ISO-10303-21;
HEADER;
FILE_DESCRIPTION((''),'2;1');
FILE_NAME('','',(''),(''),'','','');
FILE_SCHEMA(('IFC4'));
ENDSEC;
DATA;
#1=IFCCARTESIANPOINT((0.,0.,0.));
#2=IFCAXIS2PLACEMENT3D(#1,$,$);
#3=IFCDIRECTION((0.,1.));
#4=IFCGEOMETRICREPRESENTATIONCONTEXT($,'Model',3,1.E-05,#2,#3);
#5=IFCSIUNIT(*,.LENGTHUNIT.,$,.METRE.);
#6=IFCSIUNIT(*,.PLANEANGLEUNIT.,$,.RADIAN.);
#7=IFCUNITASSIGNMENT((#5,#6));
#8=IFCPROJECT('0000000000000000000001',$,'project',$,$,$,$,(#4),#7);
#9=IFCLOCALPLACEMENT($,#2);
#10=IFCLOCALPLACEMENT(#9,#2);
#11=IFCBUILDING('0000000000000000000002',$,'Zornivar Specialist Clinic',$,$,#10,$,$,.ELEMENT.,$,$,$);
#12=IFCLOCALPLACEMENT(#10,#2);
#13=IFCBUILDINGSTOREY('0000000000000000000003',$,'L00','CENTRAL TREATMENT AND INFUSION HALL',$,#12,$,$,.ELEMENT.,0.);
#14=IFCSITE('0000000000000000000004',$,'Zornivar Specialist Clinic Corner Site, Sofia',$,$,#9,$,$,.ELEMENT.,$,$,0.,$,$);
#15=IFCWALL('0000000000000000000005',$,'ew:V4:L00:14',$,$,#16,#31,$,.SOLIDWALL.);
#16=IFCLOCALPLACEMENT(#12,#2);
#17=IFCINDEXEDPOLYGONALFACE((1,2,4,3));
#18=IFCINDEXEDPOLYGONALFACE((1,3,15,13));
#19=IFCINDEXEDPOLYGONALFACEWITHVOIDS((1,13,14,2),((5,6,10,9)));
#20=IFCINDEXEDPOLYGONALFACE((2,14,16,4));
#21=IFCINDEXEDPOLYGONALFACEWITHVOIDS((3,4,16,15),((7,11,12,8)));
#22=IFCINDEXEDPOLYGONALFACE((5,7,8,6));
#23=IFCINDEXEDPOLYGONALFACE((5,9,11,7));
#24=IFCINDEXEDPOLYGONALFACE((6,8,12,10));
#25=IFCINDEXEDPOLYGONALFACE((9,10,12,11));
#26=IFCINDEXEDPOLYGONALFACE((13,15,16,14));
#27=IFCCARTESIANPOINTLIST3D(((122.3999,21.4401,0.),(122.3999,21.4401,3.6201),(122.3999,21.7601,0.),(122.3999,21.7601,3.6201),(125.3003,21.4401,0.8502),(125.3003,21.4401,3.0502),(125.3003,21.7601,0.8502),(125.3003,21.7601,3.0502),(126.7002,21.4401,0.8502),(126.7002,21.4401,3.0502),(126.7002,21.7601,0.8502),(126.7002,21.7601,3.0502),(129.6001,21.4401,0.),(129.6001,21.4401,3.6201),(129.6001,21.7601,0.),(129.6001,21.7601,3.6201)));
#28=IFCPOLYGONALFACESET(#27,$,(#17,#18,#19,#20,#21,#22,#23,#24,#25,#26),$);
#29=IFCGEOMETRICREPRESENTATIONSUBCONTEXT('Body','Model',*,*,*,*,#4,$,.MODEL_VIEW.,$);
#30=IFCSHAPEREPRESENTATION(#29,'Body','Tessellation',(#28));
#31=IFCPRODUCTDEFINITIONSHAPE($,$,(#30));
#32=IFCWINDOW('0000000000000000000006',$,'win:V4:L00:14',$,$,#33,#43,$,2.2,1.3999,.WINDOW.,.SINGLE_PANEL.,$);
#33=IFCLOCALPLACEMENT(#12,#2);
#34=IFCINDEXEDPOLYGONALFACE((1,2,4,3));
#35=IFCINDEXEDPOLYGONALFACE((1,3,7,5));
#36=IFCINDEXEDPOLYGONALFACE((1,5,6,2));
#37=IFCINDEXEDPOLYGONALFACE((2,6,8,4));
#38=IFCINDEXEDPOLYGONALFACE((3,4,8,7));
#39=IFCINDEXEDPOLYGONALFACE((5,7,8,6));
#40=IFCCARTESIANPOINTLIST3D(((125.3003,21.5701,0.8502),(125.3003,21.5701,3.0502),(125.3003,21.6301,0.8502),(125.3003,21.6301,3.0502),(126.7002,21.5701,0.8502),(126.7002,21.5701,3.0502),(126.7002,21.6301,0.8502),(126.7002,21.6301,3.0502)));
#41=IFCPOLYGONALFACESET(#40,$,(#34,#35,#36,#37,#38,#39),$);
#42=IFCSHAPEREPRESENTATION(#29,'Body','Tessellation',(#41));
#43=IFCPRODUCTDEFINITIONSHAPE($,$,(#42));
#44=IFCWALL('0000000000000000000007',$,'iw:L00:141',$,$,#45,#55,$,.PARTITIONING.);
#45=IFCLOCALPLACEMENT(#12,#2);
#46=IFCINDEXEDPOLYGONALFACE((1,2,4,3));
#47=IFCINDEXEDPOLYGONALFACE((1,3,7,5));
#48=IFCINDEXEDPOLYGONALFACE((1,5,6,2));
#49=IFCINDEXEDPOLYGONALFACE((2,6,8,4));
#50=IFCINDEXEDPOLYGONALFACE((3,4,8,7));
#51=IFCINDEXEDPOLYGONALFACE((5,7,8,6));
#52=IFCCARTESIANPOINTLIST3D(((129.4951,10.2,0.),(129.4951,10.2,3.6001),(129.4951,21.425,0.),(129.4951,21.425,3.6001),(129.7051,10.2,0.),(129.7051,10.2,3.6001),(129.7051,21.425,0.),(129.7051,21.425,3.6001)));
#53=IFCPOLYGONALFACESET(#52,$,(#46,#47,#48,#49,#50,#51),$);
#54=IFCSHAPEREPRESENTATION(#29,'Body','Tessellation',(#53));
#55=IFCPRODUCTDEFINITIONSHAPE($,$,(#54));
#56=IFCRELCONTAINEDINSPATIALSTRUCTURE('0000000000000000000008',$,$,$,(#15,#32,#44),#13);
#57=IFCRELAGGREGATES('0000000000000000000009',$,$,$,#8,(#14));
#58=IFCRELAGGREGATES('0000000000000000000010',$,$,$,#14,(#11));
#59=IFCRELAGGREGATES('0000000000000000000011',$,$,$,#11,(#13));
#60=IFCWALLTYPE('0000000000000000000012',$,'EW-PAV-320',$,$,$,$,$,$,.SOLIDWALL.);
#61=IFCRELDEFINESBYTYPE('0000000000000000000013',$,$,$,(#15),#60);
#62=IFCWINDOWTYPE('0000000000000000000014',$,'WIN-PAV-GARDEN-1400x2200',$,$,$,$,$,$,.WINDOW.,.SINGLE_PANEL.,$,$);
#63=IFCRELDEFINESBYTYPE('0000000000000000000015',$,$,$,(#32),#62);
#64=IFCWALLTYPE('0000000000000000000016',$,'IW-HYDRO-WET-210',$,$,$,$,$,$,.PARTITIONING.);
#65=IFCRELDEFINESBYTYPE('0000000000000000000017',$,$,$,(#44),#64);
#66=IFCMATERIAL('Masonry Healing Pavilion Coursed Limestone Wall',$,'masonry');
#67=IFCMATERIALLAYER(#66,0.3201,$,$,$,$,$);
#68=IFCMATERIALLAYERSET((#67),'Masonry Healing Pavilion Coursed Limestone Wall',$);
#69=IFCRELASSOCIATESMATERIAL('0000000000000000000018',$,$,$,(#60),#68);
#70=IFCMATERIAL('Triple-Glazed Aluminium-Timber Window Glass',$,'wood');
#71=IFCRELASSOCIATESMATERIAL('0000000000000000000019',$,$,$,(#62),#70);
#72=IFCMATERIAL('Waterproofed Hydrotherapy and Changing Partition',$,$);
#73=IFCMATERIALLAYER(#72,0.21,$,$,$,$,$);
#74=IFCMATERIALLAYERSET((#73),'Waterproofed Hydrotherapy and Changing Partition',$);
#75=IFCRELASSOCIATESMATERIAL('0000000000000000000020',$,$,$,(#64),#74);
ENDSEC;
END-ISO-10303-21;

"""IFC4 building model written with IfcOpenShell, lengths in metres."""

from ifc_helpers import new_model, si_unit, direction, frame, frame_2d, origin, place, context, subcontext, project, spatial, rectangle, extrude, material, layer, layer_set, type_object, element, fill, save


model = new_model("IFC4")

# Units and contexts
model_context = context("Model", 3, precision=1e-05, world=origin(), true_north=direction((0.0, 1.0)))
body_context = subcontext(model_context, "Body", "Model", "MODEL_VIEW")
ifc_project = project(units=[si_unit("LENGTHUNIT", "METRE"), si_unit("PLANEANGLEUNIT", "RADIAN")], contexts=[model_context])

# Site, building, storey
site_placement = place(None, origin())
site = spatial("IfcSite", under=ifc_project, at=site_placement, Name="Zornivar Specialist Clinic Corner Site, Sofia", CompositionType="ELEMENT", RefElevation=0.0)
building_placement = place(site_placement, origin())
building = spatial("IfcBuilding", under=site, at=building_placement, Name="Zornivar Specialist Clinic", CompositionType="ELEMENT")
storey_placement = place(building_placement, origin())
storey = spatial("IfcBuildingStorey", under=building, at=storey_placement, Name="L00", Description="CENTRAL TREATMENT AND INFUSION HALL", CompositionType="ELEMENT", Elevation=0.0)

# Wall, opening, window
ifc_material_1 = material(Name="Masonry Healing Pavilion Coursed Limestone Wall", Category="masonry")
ifc_layer_1 = layer(ifc_material_1, 0.3201)
ifc_layer_set_1 = layer_set([ifc_layer_1], Name="Masonry Healing Pavilion Coursed Limestone Wall")
wall_type_1 = type_object("IfcWallType", Name="EW-PAV-320", PredefinedType="SOLIDWALL", material=ifc_layer_set_1)
wall_1_placement = place(storey_placement, frame((129.6001, 21.6001, 0.0), z_axis=(0.0, 0.0, 1.0), x_axis=(-1.0, 0.0, 0.0)))
wall_1 = element("IfcWall", 1, at=wall_1_placement, inside=storey, type_object=wall_type_1, Name="ew:V4:L00:14", PredefinedType="SOLIDWALL", context=body_context, shape_type="SweptSolid", body=[
    extrude(rectangle(XDim=7.2002, YDim=0.3201, at=frame_2d((3.6001, 0.0))), origin(), (0.0, 0.0, 1.0), 3.6201),
])
opening_placement = place(wall_1_placement, frame((2.8999, 0.0, 0.8501)))
opening = element("IfcOpeningElement", 2, at=opening_placement, cuts=wall_1, PredefinedType="OPENING", context=body_context, shape_type="SweptSolid", body=[
    extrude(rectangle(XDim=1.3999, YDim=2.2, at=frame_2d((0.7, 1.1001))), frame((0.0, 0.1699, 0.0), z_axis=(0.0, -1.0, 0.0), x_axis=(1.0, 0.0, 0.0)), (0.0, 0.0, 1.0), 0.3401),
])
ifc_material_2 = material(Name="Triple-Glazed Aluminium-Timber Window Glass", Category="wood")
window_type = type_object("IfcWindowType", Name="WIN-PAV-GARDEN-1400x2200", PartitioningType="SINGLE_PANEL", PredefinedType="WINDOW", material=ifc_material_2)
window_placement = place(opening_placement, origin())
window = element("IfcWindow", 3, at=window_placement, inside=storey, type_object=window_type, Name="win:V4:L00:14", OverallHeight=2.2, OverallWidth=1.3999, PartitioningType="SINGLE_PANEL", PredefinedType="WINDOW", context=body_context, shape_type="SweptSolid", body=[
    extrude(rectangle(XDim=1.3999, YDim=2.2, at=frame_2d((0.7, 1.1001))), frame((0.0, 0.03, 0.0), z_axis=(0.0, -1.0, 0.0), x_axis=(1.0, 0.0, 0.0)), (0.0, 0.0, 1.0), 0.0601),
])
fill(opening, window)

# Wall
ifc_material_3 = material(Name="Waterproofed Hydrotherapy and Changing Partition")
ifc_layer_2 = layer(ifc_material_3, 0.21)
ifc_layer_set_2 = layer_set([ifc_layer_2], Name="Waterproofed Hydrotherapy and Changing Partition")
wall_type_2 = type_object("IfcWallType", Name="IW-HYDRO-WET-210", PredefinedType="PARTITIONING", material=ifc_layer_set_2)
wall_2_placement = place(storey_placement, frame((129.6001, 21.425, 0.0), z_axis=(0.0, 0.0, 1.0), x_axis=(0.0, -1.0, 0.0)))
element("IfcWall", 4, at=wall_2_placement, inside=storey, type_object=wall_type_2, Name="iw:L00:141", PredefinedType="PARTITIONING", context=body_context, shape_type="SweptSolid", body=[
    extrude(rectangle(XDim=11.2251, YDim=0.21, at=frame_2d((5.6125, 0.0))), origin(), (0.0, 0.0, 1.0), 3.6001),
])

save(model, "model.ifc")
